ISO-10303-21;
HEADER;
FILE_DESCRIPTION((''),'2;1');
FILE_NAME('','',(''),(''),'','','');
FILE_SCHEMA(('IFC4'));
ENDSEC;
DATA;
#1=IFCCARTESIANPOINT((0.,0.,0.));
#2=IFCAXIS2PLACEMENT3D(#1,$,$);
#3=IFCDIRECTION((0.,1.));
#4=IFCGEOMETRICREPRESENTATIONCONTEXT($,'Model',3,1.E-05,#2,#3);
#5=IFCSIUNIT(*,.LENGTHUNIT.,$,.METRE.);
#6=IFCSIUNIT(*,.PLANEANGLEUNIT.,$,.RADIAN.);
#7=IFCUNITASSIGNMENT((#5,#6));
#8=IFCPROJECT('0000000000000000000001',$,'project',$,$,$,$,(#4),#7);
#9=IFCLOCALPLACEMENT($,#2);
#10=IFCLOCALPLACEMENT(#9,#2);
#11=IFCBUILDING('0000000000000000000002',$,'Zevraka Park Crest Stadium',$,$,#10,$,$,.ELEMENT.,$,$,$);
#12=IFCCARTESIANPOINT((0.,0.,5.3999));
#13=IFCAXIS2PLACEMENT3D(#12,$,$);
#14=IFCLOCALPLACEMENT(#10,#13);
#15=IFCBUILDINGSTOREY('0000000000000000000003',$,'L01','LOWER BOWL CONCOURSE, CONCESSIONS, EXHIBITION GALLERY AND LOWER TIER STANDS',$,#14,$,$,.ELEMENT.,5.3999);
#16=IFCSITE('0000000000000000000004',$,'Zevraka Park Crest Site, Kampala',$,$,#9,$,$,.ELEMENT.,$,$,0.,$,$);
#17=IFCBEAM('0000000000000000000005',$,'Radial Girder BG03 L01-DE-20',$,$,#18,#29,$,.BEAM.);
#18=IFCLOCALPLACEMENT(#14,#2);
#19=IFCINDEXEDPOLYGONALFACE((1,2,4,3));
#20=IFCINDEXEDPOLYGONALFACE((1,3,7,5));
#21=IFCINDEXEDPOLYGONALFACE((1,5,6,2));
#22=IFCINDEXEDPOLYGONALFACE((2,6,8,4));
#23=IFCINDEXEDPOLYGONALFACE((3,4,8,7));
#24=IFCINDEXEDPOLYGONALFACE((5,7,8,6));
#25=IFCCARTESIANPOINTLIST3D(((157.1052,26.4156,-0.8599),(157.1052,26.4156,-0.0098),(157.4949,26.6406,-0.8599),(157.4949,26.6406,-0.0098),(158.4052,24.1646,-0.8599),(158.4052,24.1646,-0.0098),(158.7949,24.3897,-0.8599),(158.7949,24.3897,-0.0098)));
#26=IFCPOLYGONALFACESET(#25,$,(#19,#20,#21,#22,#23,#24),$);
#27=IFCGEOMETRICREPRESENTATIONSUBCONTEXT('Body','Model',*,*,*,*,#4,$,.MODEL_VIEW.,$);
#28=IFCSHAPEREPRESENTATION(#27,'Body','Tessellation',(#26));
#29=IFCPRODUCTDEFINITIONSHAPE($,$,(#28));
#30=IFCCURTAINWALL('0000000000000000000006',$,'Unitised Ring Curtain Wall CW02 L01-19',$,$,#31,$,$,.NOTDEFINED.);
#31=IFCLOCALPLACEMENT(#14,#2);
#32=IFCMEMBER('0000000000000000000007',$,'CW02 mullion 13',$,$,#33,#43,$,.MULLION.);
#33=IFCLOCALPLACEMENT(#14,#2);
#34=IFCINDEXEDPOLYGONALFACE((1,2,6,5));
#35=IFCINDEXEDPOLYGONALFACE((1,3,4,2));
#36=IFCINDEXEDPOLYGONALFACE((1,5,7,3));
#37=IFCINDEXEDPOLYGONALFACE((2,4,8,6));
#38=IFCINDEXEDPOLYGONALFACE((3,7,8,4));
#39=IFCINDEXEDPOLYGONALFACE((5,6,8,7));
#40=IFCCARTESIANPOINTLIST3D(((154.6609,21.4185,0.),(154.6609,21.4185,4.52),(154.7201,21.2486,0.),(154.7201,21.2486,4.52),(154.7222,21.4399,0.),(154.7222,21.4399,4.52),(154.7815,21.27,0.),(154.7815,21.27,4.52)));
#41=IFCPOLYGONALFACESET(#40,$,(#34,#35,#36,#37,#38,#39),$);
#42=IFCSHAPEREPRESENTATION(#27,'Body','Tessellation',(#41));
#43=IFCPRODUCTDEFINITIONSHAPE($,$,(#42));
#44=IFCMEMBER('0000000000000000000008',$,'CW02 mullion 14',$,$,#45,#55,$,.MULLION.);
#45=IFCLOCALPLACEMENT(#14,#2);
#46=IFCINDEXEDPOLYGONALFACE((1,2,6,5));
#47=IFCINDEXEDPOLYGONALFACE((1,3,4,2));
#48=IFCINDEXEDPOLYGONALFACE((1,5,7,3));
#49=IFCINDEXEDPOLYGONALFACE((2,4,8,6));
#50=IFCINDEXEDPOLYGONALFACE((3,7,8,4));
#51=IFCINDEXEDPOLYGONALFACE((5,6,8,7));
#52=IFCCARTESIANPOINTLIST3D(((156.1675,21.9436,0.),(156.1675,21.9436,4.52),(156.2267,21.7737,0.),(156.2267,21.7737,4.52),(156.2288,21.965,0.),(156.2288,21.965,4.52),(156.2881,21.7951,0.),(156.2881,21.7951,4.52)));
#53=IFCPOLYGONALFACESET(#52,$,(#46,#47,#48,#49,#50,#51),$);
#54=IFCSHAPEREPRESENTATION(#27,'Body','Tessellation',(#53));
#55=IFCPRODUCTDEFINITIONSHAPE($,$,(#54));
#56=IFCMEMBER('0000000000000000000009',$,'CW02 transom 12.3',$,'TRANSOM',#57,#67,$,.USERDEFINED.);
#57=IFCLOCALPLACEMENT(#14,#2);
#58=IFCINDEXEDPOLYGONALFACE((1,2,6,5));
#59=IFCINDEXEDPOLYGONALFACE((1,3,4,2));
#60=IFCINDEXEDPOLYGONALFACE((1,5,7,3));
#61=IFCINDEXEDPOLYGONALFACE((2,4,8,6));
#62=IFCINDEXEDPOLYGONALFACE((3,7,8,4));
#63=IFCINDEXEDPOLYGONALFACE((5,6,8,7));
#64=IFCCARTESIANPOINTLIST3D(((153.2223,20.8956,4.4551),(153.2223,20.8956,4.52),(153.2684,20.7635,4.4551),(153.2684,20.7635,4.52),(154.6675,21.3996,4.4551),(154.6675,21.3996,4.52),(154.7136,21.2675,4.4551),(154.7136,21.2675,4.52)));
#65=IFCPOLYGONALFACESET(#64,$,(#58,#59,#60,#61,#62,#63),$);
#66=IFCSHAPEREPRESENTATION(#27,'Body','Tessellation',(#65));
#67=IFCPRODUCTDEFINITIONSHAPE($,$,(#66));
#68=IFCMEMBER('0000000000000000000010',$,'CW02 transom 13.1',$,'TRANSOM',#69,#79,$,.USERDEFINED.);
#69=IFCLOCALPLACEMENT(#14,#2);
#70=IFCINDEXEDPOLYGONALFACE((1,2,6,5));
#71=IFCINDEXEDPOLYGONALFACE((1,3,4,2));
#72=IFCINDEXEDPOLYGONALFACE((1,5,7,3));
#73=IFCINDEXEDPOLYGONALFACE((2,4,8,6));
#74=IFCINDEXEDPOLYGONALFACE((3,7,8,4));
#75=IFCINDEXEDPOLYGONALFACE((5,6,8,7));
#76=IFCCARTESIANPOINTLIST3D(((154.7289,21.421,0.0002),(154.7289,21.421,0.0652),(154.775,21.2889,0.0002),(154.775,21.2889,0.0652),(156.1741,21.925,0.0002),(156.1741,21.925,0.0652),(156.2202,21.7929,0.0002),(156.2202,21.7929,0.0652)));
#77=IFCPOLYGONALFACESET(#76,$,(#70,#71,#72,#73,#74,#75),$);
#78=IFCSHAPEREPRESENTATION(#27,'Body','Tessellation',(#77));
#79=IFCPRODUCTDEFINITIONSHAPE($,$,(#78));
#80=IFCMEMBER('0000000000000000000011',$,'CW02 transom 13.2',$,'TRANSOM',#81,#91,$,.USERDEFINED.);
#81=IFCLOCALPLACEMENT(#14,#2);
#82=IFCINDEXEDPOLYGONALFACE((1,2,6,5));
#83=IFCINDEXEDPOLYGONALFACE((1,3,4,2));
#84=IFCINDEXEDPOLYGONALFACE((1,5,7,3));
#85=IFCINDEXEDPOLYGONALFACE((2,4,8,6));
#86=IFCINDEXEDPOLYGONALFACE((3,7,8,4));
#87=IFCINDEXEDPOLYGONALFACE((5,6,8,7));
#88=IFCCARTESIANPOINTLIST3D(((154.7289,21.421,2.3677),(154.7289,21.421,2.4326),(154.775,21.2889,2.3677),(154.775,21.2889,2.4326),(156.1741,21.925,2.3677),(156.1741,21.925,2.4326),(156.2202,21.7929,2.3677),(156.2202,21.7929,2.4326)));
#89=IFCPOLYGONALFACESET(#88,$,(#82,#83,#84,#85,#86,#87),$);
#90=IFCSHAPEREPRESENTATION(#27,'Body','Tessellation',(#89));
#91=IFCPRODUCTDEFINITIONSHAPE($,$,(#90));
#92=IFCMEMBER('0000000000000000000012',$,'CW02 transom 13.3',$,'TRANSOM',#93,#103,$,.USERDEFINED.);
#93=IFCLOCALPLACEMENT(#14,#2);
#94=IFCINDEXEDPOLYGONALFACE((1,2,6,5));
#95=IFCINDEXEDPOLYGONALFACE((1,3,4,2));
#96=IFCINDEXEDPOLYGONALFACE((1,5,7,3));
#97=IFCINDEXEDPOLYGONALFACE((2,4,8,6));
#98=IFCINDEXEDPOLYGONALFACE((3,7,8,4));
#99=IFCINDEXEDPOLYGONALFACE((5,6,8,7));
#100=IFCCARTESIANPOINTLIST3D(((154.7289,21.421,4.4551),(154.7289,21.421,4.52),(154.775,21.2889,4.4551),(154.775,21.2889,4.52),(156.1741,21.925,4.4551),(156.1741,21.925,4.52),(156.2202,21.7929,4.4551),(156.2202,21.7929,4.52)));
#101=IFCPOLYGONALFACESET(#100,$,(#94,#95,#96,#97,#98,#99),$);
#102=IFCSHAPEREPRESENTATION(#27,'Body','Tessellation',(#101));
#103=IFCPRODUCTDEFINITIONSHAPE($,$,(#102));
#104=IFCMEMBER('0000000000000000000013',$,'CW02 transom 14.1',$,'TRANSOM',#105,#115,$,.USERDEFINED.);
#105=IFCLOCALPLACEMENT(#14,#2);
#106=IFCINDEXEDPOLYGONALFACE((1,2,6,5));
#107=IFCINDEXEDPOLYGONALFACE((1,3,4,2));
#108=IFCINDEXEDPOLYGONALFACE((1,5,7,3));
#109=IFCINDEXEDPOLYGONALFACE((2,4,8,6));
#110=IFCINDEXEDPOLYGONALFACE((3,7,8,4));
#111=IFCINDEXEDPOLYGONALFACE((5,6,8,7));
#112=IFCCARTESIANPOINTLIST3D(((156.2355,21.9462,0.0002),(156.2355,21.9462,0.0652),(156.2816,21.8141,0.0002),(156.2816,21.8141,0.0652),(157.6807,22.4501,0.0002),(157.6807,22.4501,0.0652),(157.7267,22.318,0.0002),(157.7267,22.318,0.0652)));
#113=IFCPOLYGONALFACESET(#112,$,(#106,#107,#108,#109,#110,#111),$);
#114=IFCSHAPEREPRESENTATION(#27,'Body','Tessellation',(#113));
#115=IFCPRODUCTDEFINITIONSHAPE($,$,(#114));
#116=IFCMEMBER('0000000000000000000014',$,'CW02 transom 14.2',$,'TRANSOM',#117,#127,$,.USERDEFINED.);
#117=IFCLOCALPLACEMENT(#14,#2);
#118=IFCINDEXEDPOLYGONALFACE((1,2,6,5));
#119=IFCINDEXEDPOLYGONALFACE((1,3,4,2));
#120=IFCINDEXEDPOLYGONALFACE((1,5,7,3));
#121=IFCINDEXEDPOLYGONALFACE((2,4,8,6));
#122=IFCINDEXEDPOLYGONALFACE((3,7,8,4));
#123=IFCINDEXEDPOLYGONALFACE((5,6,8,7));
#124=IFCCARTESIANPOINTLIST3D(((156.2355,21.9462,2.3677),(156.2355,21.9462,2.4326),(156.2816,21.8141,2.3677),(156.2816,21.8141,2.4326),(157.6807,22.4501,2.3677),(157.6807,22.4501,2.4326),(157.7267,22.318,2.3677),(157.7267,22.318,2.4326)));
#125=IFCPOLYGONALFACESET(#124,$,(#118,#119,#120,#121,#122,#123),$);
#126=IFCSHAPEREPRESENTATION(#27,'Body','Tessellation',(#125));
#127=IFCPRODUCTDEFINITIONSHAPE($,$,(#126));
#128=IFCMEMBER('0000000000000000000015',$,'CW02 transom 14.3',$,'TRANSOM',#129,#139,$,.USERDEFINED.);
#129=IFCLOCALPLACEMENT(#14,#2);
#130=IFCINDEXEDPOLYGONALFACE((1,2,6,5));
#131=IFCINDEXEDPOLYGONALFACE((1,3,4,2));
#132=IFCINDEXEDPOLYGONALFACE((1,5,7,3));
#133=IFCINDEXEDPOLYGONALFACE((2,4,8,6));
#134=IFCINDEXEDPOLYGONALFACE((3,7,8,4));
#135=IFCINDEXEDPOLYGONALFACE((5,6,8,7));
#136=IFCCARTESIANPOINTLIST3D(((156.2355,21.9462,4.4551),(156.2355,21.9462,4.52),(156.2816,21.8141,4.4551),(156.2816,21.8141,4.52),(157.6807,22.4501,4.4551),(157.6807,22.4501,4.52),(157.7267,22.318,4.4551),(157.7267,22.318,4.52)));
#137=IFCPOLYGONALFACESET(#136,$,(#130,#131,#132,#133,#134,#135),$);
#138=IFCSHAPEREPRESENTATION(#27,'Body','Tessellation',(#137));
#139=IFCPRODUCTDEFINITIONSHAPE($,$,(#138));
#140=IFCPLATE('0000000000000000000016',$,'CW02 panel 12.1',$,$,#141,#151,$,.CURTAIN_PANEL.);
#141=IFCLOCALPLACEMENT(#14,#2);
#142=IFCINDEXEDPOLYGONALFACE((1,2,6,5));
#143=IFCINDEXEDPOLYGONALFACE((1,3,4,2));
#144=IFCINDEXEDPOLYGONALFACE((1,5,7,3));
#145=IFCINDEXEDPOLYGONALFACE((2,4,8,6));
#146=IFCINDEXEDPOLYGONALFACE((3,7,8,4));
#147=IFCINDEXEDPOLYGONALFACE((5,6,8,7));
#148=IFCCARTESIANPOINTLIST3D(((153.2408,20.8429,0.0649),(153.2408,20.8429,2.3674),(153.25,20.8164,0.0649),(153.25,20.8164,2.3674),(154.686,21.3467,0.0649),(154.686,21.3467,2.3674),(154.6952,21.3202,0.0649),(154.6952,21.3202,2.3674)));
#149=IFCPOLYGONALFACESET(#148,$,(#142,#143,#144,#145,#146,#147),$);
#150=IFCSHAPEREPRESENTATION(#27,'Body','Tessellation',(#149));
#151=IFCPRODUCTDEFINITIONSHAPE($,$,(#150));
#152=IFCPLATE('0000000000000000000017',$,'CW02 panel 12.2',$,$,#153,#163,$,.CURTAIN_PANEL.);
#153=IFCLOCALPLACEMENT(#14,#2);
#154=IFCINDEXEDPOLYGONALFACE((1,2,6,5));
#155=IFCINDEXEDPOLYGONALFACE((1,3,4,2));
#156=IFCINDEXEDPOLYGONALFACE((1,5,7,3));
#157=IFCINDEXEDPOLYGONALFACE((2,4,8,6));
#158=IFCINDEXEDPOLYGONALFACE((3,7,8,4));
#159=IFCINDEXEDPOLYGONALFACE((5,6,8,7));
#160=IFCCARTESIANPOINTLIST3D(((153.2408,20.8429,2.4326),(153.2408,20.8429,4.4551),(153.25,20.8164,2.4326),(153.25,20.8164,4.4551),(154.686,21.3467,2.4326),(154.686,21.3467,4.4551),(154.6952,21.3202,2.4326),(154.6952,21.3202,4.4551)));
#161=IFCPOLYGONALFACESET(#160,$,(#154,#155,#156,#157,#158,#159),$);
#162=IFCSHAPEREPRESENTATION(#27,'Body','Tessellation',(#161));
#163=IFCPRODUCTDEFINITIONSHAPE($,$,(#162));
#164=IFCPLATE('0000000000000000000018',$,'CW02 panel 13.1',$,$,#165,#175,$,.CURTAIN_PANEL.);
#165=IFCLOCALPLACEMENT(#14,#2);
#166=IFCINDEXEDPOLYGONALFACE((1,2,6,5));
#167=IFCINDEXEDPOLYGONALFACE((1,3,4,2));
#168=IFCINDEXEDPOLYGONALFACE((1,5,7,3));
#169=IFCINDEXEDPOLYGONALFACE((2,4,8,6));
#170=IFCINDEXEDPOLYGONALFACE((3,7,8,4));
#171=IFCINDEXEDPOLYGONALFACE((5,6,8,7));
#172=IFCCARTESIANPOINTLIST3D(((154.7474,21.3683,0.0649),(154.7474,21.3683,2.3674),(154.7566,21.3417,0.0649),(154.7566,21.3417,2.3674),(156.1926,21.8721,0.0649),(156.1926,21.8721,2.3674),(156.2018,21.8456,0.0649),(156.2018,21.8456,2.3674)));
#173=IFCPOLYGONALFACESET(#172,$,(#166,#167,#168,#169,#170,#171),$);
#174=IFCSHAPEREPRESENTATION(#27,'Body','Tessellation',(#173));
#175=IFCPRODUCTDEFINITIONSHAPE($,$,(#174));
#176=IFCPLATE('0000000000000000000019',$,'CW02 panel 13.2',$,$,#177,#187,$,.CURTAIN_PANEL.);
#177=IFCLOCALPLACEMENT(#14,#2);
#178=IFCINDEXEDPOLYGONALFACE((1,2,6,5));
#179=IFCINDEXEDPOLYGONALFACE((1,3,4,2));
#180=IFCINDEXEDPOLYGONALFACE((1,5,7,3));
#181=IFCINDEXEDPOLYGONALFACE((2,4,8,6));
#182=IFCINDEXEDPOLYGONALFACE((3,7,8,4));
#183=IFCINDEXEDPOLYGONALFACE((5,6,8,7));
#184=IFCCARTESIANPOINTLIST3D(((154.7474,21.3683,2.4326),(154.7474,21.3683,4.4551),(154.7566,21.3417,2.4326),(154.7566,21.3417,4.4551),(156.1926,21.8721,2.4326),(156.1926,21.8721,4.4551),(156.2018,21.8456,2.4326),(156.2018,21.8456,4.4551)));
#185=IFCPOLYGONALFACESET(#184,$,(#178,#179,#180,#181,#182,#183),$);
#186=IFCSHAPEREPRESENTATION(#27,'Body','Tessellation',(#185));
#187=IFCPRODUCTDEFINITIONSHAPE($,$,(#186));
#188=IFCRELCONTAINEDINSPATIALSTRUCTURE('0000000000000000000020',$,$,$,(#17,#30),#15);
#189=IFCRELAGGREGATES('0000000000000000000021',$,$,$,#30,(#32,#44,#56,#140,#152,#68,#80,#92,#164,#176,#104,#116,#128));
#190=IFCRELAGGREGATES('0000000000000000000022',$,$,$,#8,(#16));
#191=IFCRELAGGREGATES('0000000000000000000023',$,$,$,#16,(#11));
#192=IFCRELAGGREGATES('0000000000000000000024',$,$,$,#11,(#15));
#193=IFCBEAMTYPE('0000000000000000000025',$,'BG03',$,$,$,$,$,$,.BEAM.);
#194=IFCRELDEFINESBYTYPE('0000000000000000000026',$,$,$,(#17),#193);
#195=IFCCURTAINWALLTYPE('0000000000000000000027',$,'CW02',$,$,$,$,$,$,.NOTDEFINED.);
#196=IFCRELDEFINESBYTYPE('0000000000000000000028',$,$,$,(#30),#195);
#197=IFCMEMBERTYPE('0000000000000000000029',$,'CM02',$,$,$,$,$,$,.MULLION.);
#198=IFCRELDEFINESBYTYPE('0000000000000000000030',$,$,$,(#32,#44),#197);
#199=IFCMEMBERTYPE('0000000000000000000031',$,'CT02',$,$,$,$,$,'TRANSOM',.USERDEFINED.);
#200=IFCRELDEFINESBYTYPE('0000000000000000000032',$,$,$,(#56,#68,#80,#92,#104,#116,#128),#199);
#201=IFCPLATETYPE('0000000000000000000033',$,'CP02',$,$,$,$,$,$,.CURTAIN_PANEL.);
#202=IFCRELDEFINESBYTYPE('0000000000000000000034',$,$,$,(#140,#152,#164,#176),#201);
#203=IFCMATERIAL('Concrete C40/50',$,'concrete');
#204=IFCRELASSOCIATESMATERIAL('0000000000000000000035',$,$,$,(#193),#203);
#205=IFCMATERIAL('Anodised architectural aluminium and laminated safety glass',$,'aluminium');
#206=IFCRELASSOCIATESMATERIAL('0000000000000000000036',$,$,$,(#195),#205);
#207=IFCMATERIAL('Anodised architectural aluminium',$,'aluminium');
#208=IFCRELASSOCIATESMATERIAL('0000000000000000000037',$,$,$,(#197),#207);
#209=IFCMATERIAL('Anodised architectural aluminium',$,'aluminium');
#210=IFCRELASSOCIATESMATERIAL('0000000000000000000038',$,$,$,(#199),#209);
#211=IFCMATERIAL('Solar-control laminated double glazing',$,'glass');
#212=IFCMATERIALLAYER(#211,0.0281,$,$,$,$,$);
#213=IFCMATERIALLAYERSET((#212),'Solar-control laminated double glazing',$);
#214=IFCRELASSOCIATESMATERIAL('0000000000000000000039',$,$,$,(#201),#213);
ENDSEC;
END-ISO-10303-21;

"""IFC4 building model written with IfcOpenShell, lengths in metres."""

from ifc_helpers import new_model, si_unit, direction, frame, origin, origin_2d, place, context, subcontext, project, spatial, rectangle, extrude, material, layer, layer_set, material_profile, profile_set, type_object, element, aggregate, save


model = new_model("IFC4")

# Units and contexts
model_context = context("Model", 3, precision=1e-05, world=origin(), true_north=direction((0.0, 1.0)))
body_context = subcontext(model_context, "Body", "Model", "MODEL_VIEW")
ifc_project = project(units=[si_unit("LENGTHUNIT", "METRE"), si_unit("PLANEANGLEUNIT", "RADIAN")], contexts=[model_context])

# Site, building, storey
site_placement = place(None, origin())
site = spatial("IfcSite", under=ifc_project, at=site_placement, Name="Zevraka Park Crest Site, Kampala", CompositionType="ELEMENT", RefElevation=0.0)
building_placement = place(site_placement, origin())
building = spatial("IfcBuilding", under=site, at=building_placement, Name="Zevraka Park Crest Stadium", CompositionType="ELEMENT")
storey_placement = place(building_placement, frame((0.0, 0.0, 5.3999)))
storey = spatial("IfcBuildingStorey", under=building, at=storey_placement, Name="L01", Description="LOWER BOWL CONCOURSE, CONCESSIONS, EXHIBITION GALLERY AND LOWER TIER STANDS", CompositionType="ELEMENT", Elevation=5.3999)

# Beam
ifc_material_1 = material(Name="Concrete C40/50", Category="concrete")
ifc_material_profile_1 = material_profile(ifc_material_1, rectangle(XDim=0.45, YDim=0.8501, at=origin_2d()), Name="RC 850x450")
ifc_profile_set_1 = profile_set([ifc_material_profile_1], Name="Concrete C40/50")
beam_type = type_object("IfcBeamType", Name="BG03", PredefinedType="BEAM", material=ifc_profile_set_1)
beam_placement = place(storey_placement, frame((157.3, 26.5281, -0.4348), z_axis=(0.500129, -0.865951, 0.0), x_axis=(0.865951, 0.500129, 0.0)))
element("IfcBeam", 1, at=beam_placement, inside=storey, type_object=beam_type, Name="Radial Girder BG03 L01-DE-20", PredefinedType="BEAM", context=body_context, shape_type="SweptSolid", body=[
    extrude(rectangle(XDim=0.45, YDim=0.8501, at=origin_2d()), origin(), (0.0, 0.0, 1.0), 2.5994),
])

# Curtain wall, members, plates
ifc_material_2 = material(Name="Anodised architectural aluminium and laminated safety glass", Category="aluminium")
curtain_wall_type = type_object("IfcCurtainWallType", Name="CW02", PredefinedType="NOTDEFINED", material=ifc_material_2)
curtain_wall_placement = place(storey_placement, origin())
curtain_wall = element("IfcCurtainWall", 2, at=curtain_wall_placement, inside=storey, type_object=curtain_wall_type, Name="Unitised Ring Curtain Wall CW02 L01-19", PredefinedType="NOTDEFINED")
ifc_material_3 = material(Name="Anodised architectural aluminium", Category="aluminium")
ifc_material_profile_2 = material_profile(ifc_material_3, rectangle(XDim=0.1799, YDim=0.0649, at=origin_2d()), Name="ALU MULLION 180x65")
ifc_profile_set_2 = profile_set([ifc_material_profile_2], Name="Anodised architectural aluminium")
member_type_1 = type_object("IfcMemberType", Name="CM02", PredefinedType="MULLION", material=ifc_profile_set_2)
member_1_placement = place(storey_placement, frame((154.7212, 21.3442, 0.0), z_axis=(0.0, 0.0, 1.0), x_axis=(-0.329209, 0.944257, 0.0)))
member_1 = element("IfcMember", 3, at=member_1_placement, type_object=member_type_1, Name="CW02 mullion 13", PredefinedType="MULLION", context=body_context, shape_type="SweptSolid", body=[
    extrude(rectangle(XDim=0.1799, YDim=0.0649, at=origin_2d()), origin(), (0.0, 0.0, 1.0), 4.52),
])
member_2_placement = place(storey_placement, frame((156.2278, 21.8694, 0.0), z_axis=(0.0, 0.0, 1.0), x_axis=(-0.329209, 0.944257, 0.0)))
member_2 = element("IfcMember", 4, at=member_2_placement, type_object=member_type_1, Name="CW02 mullion 14", PredefinedType="MULLION", context=body_context, shape_type="SweptSolid", body=[
    extrude(rectangle(XDim=0.1799, YDim=0.0649, at=origin_2d()), origin(), (0.0, 0.0, 1.0), 4.52),
])
ifc_material_4 = material(Name="Anodised architectural aluminium", Category="aluminium")
ifc_material_profile_3 = material_profile(ifc_material_4, rectangle(XDim=0.1399, YDim=0.0649, at=origin_2d()), Name="ALU TRANSOM 140x65")
ifc_profile_set_3 = profile_set([ifc_material_profile_3], Name="Anodised architectural aluminium")
member_type_2 = type_object("IfcMemberType", Name="CT02", ElementType="TRANSOM", PredefinedType="USERDEFINED", material=ifc_profile_set_3)
member_3_placement = place(storey_placement, frame((153.2454, 20.8296, 4.4875), z_axis=(0.944238, 0.329263, 0.0), x_axis=(-0.329263, 0.944238, 0.0)))
member_3 = element("IfcMember", 5, at=member_3_placement, type_object=member_type_2, Name="CW02 transom 12.3", ObjectType="TRANSOM", PredefinedType="USERDEFINED", context=body_context, shape_type="SweptSolid", body=[
    extrude(rectangle(XDim=0.1399, YDim=0.0649, at=origin_2d()), origin(), (0.0, 0.0, 1.0), 1.5305),
])
member_4_placement = place(storey_placement, frame((154.752, 21.355, 0.0327), z_axis=(0.944238, 0.329263, 0.0), x_axis=(-0.329263, 0.944238, 0.0)))
member_4 = element("IfcMember", 6, at=member_4_placement, type_object=member_type_2, Name="CW02 transom 13.1", ObjectType="TRANSOM", PredefinedType="USERDEFINED", context=body_context, shape_type="SweptSolid", body=[
    extrude(rectangle(XDim=0.1399, YDim=0.0649, at=origin_2d()), origin(), (0.0, 0.0, 1.0), 1.5305),
])
member_5_placement = place(storey_placement, frame((154.752, 21.355, 2.4001), z_axis=(0.944238, 0.329263, 0.0), x_axis=(-0.329263, 0.944238, 0.0)))
member_5 = element("IfcMember", 7, at=member_5_placement, type_object=member_type_2, Name="CW02 transom 13.2", ObjectType="TRANSOM", PredefinedType="USERDEFINED", context=body_context, shape_type="SweptSolid", body=[
    extrude(rectangle(XDim=0.1399, YDim=0.0649, at=origin_2d()), origin(), (0.0, 0.0, 1.0), 1.5305),
])
member_6_placement = place(storey_placement, frame((154.752, 21.355, 4.4875), z_axis=(0.944238, 0.329263, 0.0), x_axis=(-0.329263, 0.944238, 0.0)))
member_6 = element("IfcMember", 8, at=member_6_placement, type_object=member_type_2, Name="CW02 transom 13.3", ObjectType="TRANSOM", PredefinedType="USERDEFINED", context=body_context, shape_type="SweptSolid", body=[
    extrude(rectangle(XDim=0.1399, YDim=0.0649, at=origin_2d()), origin(), (0.0, 0.0, 1.0), 1.5305),
])
member_7_placement = place(storey_placement, frame((156.2585, 21.8801, 0.0327), z_axis=(0.944238, 0.329263, 0.0), x_axis=(-0.329263, 0.944238, 0.0)))
member_7 = element("IfcMember", 9, at=member_7_placement, type_object=member_type_2, Name="CW02 transom 14.1", ObjectType="TRANSOM", PredefinedType="USERDEFINED", context=body_context, shape_type="SweptSolid", body=[
    extrude(rectangle(XDim=0.1399, YDim=0.0649, at=origin_2d()), origin(), (0.0, 0.0, 1.0), 1.5305),
])
member_8_placement = place(storey_placement, frame((156.2585, 21.8801, 2.4001), z_axis=(0.944238, 0.329263, 0.0), x_axis=(-0.329263, 0.944238, 0.0)))
member_8 = element("IfcMember", 10, at=member_8_placement, type_object=member_type_2, Name="CW02 transom 14.2", ObjectType="TRANSOM", PredefinedType="USERDEFINED", context=body_context, shape_type="SweptSolid", body=[
    extrude(rectangle(XDim=0.1399, YDim=0.0649, at=origin_2d()), origin(), (0.0, 0.0, 1.0), 1.5305),
])
member_9_placement = place(storey_placement, frame((156.2585, 21.8801, 4.4875), z_axis=(0.944238, 0.329263, 0.0), x_axis=(-0.329263, 0.944238, 0.0)))
member_9 = element("IfcMember", 11, at=member_9_placement, type_object=member_type_2, Name="CW02 transom 14.3", ObjectType="TRANSOM", PredefinedType="USERDEFINED", context=body_context, shape_type="SweptSolid", body=[
    extrude(rectangle(XDim=0.1399, YDim=0.0649, at=origin_2d()), origin(), (0.0, 0.0, 1.0), 1.5305),
])
ifc_material_5 = material(Name="Solar-control laminated double glazing", Category="glass")
ifc_layer_1 = layer(ifc_material_5, 0.0281)
ifc_layer_set_1 = layer_set([ifc_layer_1], Name="Solar-control laminated double glazing")
plate_type = type_object("IfcPlateType", Name="CP02", PredefinedType="CURTAIN_PANEL", material=ifc_layer_set_1)
plate_1_placement = place(storey_placement, frame((153.968, 21.0815, 0.0649), z_axis=(0.0, 0.0, 1.0), x_axis=(0.944257, 0.329209, 0.0)))
plate_1 = element("IfcPlate", 12, at=plate_1_placement, type_object=plate_type, Name="CW02 panel 12.1", PredefinedType="CURTAIN_PANEL", context=body_context, shape_type="SweptSolid", body=[
    extrude(rectangle(XDim=1.5305, YDim=0.0281, at=origin_2d()), origin(), (0.0, 0.0, 1.0), 2.3025),
])
plate_2_placement = place(storey_placement, frame((153.968, 21.0815, 2.4326), z_axis=(0.0, 0.0, 1.0), x_axis=(0.944257, 0.329209, 0.0)))
plate_2 = element("IfcPlate", 13, at=plate_2_placement, type_object=plate_type, Name="CW02 panel 12.2", PredefinedType="CURTAIN_PANEL", context=body_context, shape_type="SweptSolid", body=[
    extrude(rectangle(XDim=1.5305, YDim=0.0281, at=origin_2d()), origin(), (0.0, 0.0, 1.0), 2.0225),
])
plate_3_placement = place(storey_placement, frame((155.4746, 21.6069, 0.0649), z_axis=(0.0, 0.0, 1.0), x_axis=(0.944257, 0.329209, 0.0)))
plate_3 = element("IfcPlate", 14, at=plate_3_placement, type_object=plate_type, Name="CW02 panel 13.1", PredefinedType="CURTAIN_PANEL", context=body_context, shape_type="SweptSolid", body=[
    extrude(rectangle(XDim=1.5305, YDim=0.0281, at=origin_2d()), origin(), (0.0, 0.0, 1.0), 2.3025),
])
plate_4_placement = place(storey_placement, frame((155.4746, 21.6069, 2.4326), z_axis=(0.0, 0.0, 1.0), x_axis=(0.944257, 0.329209, 0.0)))
plate_4 = element("IfcPlate", 15, at=plate_4_placement, type_object=plate_type, Name="CW02 panel 13.2", PredefinedType="CURTAIN_PANEL", context=body_context, shape_type="SweptSolid", body=[
    extrude(rectangle(XDim=1.5305, YDim=0.0281, at=origin_2d()), origin(), (0.0, 0.0, 1.0), 2.0225),
])
aggregate(curtain_wall, [member_1, member_2, member_3, plate_1, plate_2, member_4, member_5, member_6, plate_3, plate_4, member_7, member_8, member_9])

save(model, "model.ifc")
